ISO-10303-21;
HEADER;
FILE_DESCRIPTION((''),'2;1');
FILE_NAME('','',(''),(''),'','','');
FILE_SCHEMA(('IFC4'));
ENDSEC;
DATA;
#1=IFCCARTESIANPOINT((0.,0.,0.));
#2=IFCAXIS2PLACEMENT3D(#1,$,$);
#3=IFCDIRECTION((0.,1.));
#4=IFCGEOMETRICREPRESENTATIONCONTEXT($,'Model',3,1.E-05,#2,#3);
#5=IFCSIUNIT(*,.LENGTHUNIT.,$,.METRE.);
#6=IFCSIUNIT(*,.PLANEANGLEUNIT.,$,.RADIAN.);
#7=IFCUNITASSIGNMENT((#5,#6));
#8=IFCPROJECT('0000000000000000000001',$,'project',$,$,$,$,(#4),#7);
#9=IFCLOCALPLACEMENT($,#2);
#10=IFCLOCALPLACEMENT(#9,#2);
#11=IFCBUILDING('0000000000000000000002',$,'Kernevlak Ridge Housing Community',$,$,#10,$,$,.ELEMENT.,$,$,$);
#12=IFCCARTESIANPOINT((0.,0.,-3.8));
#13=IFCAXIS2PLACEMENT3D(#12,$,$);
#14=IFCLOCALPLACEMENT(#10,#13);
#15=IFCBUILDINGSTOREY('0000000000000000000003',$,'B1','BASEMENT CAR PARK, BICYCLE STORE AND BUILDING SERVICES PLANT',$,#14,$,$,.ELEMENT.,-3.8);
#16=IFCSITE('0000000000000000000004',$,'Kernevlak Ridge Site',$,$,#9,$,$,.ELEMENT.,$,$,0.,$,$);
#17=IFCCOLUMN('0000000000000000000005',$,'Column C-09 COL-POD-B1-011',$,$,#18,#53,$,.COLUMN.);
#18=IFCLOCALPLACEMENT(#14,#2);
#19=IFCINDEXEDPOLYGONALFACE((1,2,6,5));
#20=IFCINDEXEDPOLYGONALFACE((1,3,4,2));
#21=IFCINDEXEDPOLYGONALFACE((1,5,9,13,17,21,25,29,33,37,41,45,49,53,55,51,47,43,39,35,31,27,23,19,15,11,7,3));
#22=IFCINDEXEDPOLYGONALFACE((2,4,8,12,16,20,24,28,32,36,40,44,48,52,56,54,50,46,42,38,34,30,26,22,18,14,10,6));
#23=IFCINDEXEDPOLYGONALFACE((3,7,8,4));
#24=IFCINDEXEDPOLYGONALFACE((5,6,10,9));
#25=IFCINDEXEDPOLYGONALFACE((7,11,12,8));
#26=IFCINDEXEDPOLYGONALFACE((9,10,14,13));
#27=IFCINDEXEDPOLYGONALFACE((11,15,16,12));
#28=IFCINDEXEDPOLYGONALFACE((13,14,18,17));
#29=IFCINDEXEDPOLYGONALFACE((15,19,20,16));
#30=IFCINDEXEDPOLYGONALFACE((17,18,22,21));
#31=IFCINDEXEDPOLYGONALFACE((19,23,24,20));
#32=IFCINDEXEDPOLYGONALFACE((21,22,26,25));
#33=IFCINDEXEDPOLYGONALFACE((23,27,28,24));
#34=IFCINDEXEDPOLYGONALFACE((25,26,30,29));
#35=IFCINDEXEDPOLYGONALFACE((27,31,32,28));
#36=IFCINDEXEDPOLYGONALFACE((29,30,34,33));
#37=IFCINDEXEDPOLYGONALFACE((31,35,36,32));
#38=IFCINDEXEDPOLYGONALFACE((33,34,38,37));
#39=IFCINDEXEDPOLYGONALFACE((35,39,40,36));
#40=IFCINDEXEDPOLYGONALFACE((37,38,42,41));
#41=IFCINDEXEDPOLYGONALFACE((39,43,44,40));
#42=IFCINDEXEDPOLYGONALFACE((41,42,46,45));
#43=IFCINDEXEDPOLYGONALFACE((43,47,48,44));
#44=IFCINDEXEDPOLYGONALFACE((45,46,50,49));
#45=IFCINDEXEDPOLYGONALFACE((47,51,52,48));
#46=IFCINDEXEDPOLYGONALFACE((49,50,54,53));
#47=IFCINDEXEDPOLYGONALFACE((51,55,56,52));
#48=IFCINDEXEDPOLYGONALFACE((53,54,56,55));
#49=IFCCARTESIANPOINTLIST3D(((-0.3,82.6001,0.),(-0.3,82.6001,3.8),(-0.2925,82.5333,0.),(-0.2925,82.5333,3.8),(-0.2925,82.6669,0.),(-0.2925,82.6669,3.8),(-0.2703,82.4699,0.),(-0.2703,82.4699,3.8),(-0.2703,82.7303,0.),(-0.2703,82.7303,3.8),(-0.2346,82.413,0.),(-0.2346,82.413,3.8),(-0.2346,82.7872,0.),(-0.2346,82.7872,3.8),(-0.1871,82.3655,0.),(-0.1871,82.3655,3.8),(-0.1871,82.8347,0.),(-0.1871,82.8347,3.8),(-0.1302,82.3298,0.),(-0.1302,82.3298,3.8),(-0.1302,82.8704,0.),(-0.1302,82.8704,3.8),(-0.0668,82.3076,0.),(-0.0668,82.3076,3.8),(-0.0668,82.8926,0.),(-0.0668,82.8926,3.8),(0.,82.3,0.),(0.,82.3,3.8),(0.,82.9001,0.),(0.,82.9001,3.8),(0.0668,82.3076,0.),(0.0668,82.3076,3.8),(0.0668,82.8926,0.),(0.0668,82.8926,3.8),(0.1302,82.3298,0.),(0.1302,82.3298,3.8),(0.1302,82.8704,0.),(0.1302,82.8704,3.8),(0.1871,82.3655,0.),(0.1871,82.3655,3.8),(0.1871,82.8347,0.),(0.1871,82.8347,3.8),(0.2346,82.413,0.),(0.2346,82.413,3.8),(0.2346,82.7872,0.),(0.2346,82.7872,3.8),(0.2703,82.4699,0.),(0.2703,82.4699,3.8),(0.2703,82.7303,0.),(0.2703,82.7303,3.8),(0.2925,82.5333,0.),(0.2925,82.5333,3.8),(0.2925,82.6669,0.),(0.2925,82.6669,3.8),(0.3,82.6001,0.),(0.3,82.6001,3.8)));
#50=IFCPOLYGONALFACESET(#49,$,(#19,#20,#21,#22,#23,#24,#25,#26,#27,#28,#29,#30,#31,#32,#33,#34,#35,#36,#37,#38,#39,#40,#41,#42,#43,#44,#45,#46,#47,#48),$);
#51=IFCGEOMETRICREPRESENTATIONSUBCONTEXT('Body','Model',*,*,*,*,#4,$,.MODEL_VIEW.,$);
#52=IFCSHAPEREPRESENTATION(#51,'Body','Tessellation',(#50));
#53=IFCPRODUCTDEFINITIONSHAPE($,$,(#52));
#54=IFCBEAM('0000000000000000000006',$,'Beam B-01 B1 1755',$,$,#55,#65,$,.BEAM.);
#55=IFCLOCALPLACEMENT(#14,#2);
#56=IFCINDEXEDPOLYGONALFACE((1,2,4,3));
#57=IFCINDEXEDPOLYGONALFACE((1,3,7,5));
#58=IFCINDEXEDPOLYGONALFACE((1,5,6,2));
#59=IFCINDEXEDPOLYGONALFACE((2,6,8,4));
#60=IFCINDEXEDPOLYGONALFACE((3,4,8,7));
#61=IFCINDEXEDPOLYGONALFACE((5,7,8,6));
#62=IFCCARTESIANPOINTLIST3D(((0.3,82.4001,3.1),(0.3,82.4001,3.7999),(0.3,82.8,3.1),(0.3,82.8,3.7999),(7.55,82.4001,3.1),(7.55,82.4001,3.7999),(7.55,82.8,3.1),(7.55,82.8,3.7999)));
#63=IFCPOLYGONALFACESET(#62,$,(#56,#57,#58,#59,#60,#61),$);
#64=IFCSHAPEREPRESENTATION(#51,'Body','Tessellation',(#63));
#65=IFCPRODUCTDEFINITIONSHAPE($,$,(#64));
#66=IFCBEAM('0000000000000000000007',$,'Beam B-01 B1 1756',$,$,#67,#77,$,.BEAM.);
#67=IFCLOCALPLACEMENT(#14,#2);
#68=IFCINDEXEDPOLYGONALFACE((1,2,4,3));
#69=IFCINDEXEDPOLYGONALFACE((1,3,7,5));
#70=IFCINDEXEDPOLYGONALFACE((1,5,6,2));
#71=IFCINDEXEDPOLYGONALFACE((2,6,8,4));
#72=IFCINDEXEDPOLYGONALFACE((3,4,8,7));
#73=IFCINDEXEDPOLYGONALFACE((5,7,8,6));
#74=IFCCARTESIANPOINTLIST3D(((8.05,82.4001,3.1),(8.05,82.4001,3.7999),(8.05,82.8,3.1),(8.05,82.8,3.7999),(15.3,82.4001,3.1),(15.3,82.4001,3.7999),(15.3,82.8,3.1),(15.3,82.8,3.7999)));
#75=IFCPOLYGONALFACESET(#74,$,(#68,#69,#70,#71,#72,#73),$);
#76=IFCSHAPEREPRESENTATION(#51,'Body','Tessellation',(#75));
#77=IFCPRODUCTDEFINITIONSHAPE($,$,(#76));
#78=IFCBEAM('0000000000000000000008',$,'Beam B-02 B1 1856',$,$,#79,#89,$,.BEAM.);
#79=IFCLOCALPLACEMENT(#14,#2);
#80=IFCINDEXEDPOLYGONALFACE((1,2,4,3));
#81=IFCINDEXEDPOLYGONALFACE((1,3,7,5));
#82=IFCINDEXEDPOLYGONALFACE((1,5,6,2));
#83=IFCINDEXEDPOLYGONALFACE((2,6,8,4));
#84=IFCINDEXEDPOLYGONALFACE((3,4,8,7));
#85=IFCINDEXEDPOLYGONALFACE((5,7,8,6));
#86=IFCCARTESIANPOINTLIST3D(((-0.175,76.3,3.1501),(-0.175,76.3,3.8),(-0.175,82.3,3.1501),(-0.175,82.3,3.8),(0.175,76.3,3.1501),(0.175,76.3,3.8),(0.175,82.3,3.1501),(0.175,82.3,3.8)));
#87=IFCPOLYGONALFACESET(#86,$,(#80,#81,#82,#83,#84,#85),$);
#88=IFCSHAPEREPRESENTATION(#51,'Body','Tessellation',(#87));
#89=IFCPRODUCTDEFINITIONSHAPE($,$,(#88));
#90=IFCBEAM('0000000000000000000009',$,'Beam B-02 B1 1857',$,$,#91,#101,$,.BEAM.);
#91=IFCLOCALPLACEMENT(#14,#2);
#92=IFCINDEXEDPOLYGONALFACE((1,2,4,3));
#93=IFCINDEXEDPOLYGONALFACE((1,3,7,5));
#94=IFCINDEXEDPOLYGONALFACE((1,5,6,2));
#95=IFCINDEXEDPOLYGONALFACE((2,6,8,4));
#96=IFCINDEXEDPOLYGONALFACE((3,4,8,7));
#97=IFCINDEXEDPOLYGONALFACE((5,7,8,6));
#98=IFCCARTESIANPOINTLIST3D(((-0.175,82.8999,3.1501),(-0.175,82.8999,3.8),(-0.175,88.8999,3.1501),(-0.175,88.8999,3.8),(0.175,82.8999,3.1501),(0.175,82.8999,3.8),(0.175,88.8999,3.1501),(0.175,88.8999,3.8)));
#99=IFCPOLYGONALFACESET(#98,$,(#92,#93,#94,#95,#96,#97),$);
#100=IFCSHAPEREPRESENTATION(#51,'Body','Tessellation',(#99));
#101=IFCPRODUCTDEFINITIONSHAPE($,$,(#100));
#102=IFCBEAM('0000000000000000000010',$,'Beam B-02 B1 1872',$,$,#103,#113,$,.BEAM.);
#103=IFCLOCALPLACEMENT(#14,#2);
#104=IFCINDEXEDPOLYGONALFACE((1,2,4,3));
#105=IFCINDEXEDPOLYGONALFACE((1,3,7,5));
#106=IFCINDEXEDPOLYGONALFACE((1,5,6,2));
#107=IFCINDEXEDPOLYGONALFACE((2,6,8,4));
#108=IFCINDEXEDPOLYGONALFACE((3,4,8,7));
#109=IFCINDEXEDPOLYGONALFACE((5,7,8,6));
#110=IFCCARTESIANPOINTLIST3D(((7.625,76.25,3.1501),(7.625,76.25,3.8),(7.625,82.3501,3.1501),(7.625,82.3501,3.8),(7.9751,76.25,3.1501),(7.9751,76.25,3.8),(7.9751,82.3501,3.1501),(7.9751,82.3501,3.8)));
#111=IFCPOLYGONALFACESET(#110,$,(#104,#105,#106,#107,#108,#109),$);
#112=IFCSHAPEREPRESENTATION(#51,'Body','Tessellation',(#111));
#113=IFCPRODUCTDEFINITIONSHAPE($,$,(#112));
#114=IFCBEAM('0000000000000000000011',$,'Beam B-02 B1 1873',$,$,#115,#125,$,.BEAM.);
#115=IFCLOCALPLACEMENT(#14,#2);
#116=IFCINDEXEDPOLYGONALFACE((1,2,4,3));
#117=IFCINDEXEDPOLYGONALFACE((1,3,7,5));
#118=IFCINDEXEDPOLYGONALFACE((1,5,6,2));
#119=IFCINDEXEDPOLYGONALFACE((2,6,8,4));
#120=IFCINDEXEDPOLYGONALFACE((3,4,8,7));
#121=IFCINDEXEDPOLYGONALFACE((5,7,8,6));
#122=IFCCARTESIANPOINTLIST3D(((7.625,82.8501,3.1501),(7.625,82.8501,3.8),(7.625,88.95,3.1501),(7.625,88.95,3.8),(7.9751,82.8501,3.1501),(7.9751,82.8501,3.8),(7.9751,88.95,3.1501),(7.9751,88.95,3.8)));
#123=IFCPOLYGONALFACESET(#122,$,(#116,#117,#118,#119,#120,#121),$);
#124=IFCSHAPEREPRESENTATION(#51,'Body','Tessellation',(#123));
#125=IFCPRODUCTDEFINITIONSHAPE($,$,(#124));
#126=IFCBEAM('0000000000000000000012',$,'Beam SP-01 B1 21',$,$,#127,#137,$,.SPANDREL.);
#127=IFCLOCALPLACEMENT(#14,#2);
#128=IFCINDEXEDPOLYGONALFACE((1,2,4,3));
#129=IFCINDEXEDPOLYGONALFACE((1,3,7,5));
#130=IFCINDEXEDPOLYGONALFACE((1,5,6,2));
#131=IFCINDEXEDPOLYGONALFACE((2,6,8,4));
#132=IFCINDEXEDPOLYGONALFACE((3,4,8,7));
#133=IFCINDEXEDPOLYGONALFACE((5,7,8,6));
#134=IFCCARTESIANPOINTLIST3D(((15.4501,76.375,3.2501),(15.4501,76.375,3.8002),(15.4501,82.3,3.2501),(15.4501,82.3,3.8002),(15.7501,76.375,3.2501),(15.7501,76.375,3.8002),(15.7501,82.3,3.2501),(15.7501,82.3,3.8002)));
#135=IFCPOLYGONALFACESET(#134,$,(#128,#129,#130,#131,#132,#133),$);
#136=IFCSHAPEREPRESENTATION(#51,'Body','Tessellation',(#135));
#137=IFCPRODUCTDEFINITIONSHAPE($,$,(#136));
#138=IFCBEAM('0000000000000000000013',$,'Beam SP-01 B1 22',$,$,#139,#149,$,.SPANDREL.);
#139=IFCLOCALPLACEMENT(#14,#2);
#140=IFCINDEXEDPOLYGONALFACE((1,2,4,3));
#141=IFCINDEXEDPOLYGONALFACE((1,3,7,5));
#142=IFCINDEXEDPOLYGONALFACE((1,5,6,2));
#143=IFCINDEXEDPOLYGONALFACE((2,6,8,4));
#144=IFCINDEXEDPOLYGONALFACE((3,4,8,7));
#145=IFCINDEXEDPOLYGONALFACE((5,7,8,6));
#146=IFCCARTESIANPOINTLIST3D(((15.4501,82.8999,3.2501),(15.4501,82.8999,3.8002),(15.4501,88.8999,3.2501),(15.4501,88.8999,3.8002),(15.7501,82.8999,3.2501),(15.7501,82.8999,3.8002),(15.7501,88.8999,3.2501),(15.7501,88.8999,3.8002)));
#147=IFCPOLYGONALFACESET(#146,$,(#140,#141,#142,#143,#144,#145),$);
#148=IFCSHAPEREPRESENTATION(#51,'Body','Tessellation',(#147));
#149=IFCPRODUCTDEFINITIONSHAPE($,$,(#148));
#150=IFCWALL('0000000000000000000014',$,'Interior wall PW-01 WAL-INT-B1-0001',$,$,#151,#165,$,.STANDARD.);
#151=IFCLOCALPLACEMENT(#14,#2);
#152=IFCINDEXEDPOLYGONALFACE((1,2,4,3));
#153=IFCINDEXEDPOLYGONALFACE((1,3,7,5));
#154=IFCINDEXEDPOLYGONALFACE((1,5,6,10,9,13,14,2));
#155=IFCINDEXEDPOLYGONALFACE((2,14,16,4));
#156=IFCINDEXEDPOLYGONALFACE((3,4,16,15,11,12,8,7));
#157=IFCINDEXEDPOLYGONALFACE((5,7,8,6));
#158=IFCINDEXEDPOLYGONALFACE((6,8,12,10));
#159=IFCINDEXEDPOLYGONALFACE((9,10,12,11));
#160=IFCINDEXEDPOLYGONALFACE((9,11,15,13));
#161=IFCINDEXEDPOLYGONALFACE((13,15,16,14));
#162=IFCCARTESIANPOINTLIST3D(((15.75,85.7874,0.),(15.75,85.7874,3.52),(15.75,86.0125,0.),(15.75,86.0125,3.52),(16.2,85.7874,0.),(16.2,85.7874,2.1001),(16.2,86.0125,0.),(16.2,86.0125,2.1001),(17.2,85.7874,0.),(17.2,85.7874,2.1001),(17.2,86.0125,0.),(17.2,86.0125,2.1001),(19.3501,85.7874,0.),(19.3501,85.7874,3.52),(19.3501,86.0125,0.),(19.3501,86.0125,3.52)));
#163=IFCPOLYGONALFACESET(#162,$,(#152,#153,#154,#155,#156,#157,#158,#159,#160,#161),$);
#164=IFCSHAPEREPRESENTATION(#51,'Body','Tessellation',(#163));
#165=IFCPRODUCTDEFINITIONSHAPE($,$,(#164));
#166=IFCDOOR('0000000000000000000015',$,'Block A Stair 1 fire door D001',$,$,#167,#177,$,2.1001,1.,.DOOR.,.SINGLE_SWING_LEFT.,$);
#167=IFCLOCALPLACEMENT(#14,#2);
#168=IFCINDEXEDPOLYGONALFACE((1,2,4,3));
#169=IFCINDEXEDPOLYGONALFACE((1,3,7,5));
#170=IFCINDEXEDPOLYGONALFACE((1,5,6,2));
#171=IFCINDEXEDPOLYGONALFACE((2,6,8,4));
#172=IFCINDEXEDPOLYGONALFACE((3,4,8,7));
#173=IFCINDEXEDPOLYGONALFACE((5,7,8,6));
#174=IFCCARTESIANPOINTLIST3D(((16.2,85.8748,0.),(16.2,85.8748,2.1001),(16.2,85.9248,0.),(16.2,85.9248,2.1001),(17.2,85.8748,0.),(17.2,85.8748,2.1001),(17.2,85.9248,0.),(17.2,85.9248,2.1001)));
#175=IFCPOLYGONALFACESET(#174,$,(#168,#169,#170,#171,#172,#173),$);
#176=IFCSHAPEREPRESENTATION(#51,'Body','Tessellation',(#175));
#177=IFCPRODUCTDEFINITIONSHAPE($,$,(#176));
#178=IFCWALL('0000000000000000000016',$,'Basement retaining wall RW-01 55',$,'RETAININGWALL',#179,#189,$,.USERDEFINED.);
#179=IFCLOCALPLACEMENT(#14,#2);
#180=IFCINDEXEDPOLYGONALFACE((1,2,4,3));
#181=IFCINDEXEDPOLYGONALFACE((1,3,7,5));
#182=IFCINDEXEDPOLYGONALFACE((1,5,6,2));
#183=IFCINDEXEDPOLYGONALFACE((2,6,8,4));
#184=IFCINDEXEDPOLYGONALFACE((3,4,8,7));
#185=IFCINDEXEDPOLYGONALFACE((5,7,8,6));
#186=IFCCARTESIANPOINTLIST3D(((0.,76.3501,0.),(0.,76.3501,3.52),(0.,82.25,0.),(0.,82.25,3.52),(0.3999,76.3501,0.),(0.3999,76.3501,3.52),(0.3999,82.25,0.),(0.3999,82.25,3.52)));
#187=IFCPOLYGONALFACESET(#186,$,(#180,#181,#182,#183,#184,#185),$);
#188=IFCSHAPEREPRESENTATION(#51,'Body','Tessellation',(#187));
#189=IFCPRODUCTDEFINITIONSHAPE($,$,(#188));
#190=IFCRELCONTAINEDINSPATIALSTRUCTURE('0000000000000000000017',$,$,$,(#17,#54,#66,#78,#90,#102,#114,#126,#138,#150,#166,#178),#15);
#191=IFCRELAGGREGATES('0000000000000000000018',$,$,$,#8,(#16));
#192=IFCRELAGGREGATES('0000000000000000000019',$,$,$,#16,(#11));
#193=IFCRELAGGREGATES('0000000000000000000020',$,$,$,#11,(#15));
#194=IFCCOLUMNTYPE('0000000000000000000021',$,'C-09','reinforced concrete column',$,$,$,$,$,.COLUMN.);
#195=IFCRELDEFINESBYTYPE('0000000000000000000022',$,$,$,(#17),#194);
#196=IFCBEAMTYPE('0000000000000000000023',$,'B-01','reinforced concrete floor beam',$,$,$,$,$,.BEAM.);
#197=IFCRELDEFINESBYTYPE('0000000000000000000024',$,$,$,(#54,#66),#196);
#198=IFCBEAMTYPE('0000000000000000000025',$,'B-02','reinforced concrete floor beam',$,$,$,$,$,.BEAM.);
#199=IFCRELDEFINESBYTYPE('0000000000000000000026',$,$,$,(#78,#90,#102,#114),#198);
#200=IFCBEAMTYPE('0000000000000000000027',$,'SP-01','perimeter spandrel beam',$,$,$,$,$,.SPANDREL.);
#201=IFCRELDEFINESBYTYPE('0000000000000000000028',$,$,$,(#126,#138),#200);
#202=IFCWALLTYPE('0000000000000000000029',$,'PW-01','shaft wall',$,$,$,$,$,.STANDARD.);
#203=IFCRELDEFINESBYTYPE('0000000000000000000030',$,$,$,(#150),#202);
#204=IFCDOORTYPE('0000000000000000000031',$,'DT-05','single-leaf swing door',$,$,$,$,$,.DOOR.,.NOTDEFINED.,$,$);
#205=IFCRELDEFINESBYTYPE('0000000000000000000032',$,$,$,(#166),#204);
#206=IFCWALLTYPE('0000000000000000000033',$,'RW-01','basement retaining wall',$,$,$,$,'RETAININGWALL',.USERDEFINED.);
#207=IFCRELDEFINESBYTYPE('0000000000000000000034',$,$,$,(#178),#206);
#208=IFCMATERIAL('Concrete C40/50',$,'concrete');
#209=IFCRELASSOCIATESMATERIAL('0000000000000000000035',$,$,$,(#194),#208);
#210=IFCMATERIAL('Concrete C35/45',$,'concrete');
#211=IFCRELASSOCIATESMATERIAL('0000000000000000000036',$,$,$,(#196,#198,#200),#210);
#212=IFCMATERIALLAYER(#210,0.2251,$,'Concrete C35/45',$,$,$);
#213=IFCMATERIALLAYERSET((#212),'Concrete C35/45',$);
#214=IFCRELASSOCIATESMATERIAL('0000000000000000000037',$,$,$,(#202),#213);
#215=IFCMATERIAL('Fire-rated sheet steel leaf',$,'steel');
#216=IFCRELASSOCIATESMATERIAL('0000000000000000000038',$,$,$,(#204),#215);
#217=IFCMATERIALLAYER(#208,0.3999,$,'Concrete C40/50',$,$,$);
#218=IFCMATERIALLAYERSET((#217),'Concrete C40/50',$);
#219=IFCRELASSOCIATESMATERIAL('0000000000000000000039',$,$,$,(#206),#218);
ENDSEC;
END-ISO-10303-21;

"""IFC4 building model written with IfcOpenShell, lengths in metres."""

from ifc_helpers import new_model, si_unit, direction, frame, frame_2d, origin, origin_2d, place, context, subcontext, project, spatial, rectangle, circle, extrude, material, layer, layer_set, material_profile, profile_set, type_object, element, fill, save


model = new_model("IFC4")

# Units and contexts
model_context = context("Model", 3, precision=1e-05, world=origin(), true_north=direction((0.0, 1.0)))
body_context = subcontext(model_context, "Body", "Model", "MODEL_VIEW")
ifc_project = project(units=[si_unit("LENGTHUNIT", "METRE"), si_unit("PLANEANGLEUNIT", "RADIAN")], contexts=[model_context])

# Site, building, storey
site_placement = place(None, origin())
site = spatial("IfcSite", under=ifc_project, at=site_placement, Name="Kernevlak Ridge Site", CompositionType="ELEMENT", RefElevation=0.0)
building_placement = place(site_placement, origin())
building = spatial("IfcBuilding", under=site, at=building_placement, Name="Kernevlak Ridge Housing Community", CompositionType="ELEMENT")
storey_placement = place(building_placement, frame((0.0, 0.0, -3.8)))
storey = spatial("IfcBuildingStorey", under=building, at=storey_placement, Name="B1", Description="BASEMENT CAR PARK, BICYCLE STORE AND BUILDING SERVICES PLANT", CompositionType="ELEMENT", Elevation=-3.8)

# Shared definitions
ifc_material_1 = material(Name="Concrete C35/45", Category="concrete")

# Column
ifc_material_2 = material(Name="Concrete C40/50", Category="concrete")
ifc_material_profile_1 = material_profile(ifc_material_2, circle(Radius=0.3, at=origin_2d()), Name="RC D600")
ifc_profile_set_1 = profile_set([ifc_material_profile_1], Name="Concrete C40/50")
column_type_1 = type_object("IfcColumnType", Name="C-09", Description="reinforced concrete column", PredefinedType="COLUMN", material=ifc_profile_set_1)
column_1_placement = place(storey_placement, frame((0.0, 82.6001, 0.0), z_axis=(0.0, 0.0, 1.0), x_axis=(1.0, 0.0, 0.0)))
element("IfcColumn", 1, at=column_1_placement, inside=storey, type_object=column_type_1, Name="Column C-09 COL-POD-B1-011", PredefinedType="COLUMN", context=body_context, shape_type="SweptSolid", body=[
    extrude(circle(Radius=0.3, at=origin_2d()), origin(), (0.0, 0.0, 1.0), 3.8),
])

# Beams
ifc_material_profile_2 = material_profile(ifc_material_1, rectangle(XDim=0.3999, YDim=0.7, at=origin_2d()), Name="RC 400x700")
ifc_profile_set_2 = profile_set([ifc_material_profile_2], Name="Concrete C35/45")
beam_type_1 = type_object("IfcBeamType", Name="B-01", Description="reinforced concrete floor beam", PredefinedType="BEAM", material=ifc_profile_set_2)
for number, where, z_axis, x_axis, name in (
    (2, (0.3, 82.6001, 3.45), (1.0, 0.0, 0.0), (0.0, 1.0, 0.0), "Beam B-01 B1 1755"),
    (3, (8.05, 82.6001, 3.45), (1.0, 0.0, 0.0), (0.0, 1.0, 0.0), "Beam B-01 B1 1756"),
):
    element("IfcBeam", number, at=place(storey_placement, frame(where, z_axis=z_axis, x_axis=x_axis)), inside=storey, type_object=beam_type_1, Name=name, PredefinedType="BEAM", context=body_context, shape_type="SweptSolid", body=[
        extrude(rectangle(XDim=0.3999, YDim=0.7, at=origin_2d()), origin(), (0.0, 0.0, 1.0), 7.25),
    ])
ifc_material_profile_3 = material_profile(ifc_material_1, rectangle(XDim=0.3501, YDim=0.6499, at=origin_2d()), Name="RC 350x650")
ifc_profile_set_3 = profile_set([ifc_material_profile_3], Name="Concrete C35/45")
beam_type_2 = type_object("IfcBeamType", Name="B-02", Description="reinforced concrete floor beam", PredefinedType="BEAM", material=ifc_profile_set_3)
for number, where, z_axis, x_axis, name in (
    (4, (0.0, 76.3, 3.4751), (0.0, 1.0, 0.0), (-1.0, 0.0, 0.0), "Beam B-02 B1 1856"),
    (5, (0.0, 82.8999, 3.4751), (0.0, 1.0, 0.0), (-1.0, 0.0, 0.0), "Beam B-02 B1 1857"),
):
    element("IfcBeam", number, at=place(storey_placement, frame(where, z_axis=z_axis, x_axis=x_axis)), inside=storey, type_object=beam_type_2, Name=name, PredefinedType="BEAM", context=body_context, shape_type="SweptSolid", body=[
        extrude(rectangle(XDim=0.3501, YDim=0.6499, at=origin_2d()), origin(), (0.0, 0.0, 1.0), 6.0),
    ])
beam_1_placement = place(storey_placement, frame((7.8, 76.25, 3.4751), z_axis=(0.0, 1.0, 0.0), x_axis=(-1.0, 0.0, 0.0)))
element("IfcBeam", 6, at=beam_1_placement, inside=storey, type_object=beam_type_2, Name="Beam B-02 B1 1872", PredefinedType="BEAM", context=body_context, shape_type="SweptSolid", body=[
    extrude(rectangle(XDim=0.3501, YDim=0.6499, at=origin_2d()), origin(), (0.0, 0.0, 1.0), 6.1001),
])
beam_2_placement = place(storey_placement, frame((7.8, 82.8501, 3.4751), z_axis=(0.0, 1.0, 0.0), x_axis=(-1.0, 0.0, 0.0)))
element("IfcBeam", 7, at=beam_2_placement, inside=storey, type_object=beam_type_2, Name="Beam B-02 B1 1873", PredefinedType="BEAM", context=body_context, shape_type="SweptSolid", body=[
    extrude(rectangle(XDim=0.3501, YDim=0.6499, at=origin_2d()), origin(), (0.0, 0.0, 1.0), 6.0999),
])
ifc_material_profile_4 = material_profile(ifc_material_1, rectangle(XDim=0.3, YDim=0.55, at=origin_2d()), Name="RC 300x550")
ifc_profile_set_4 = profile_set([ifc_material_profile_4], Name="Concrete C35/45")
beam_type_3 = type_object("IfcBeamType", Name="SP-01", Description="perimeter spandrel beam", PredefinedType="SPANDREL", material=ifc_profile_set_4)
beam_3_placement = place(storey_placement, frame((15.6001, 76.375, 3.5251), z_axis=(0.0, 1.0, 0.0), x_axis=(-1.0, 0.0, 0.0)))
element("IfcBeam", 8, at=beam_3_placement, inside=storey, type_object=beam_type_3, Name="Beam SP-01 B1 21", PredefinedType="SPANDREL", context=body_context, shape_type="SweptSolid", body=[
    extrude(rectangle(XDim=0.3, YDim=0.55, at=origin_2d()), origin(), (0.0, 0.0, 1.0), 5.925),
])
beam_4_placement = place(storey_placement, frame((15.6001, 82.8999, 3.5251), z_axis=(0.0, 1.0, 0.0), x_axis=(-1.0, 0.0, 0.0)))
element("IfcBeam", 9, at=beam_4_placement, inside=storey, type_object=beam_type_3, Name="Beam SP-01 B1 22", PredefinedType="SPANDREL", context=body_context, shape_type="SweptSolid", body=[
    extrude(rectangle(XDim=0.3, YDim=0.55, at=origin_2d()), origin(), (0.0, 0.0, 1.0), 6.0),
])

# Wall, opening, door
ifc_layer_1 = layer(ifc_material_1, 0.2251, Name="Concrete C35/45")
ifc_layer_set_1 = layer_set([ifc_layer_1], Name="Concrete C35/45")
wall_type_1 = type_object("IfcWallType", Name="PW-01", Description="shaft wall", PredefinedType="STANDARD", material=ifc_layer_set_1)
wall_1_placement = place(storey_placement, frame((15.75, 85.8999, 0.0), z_axis=(0.0, 0.0, 1.0), x_axis=(1.0, 0.0, 0.0)))
wall_1 = element("IfcWall", 10, at=wall_1_placement, inside=storey, type_object=wall_type_1, Name="Interior wall PW-01 WAL-INT-B1-0001", PredefinedType="STANDARD", context=body_context, shape_type="SweptSolid", body=[
    extrude(rectangle(XDim=3.6001, YDim=0.2251, at=frame_2d((1.8, 0.0))), origin(), (0.0, 0.0, 1.0), 3.52),
])
opening_placement = place(wall_1_placement, frame((0.45, 0.0, 0.0)))
opening = element("IfcOpeningElement", 11, at=opening_placement, cuts=wall_1, PredefinedType="OPENING", context=body_context, shape_type="SweptSolid", body=[
    extrude(rectangle(XDim=1.0, YDim=2.1001, at=frame_2d((0.5, 1.05))), frame((0.0, 0.1226, 0.0), z_axis=(0.0, -1.0, 0.0), x_axis=(1.0, 0.0, 0.0)), (0.0, 0.0, 1.0), 0.2451),
])
ifc_material_3 = material(Name="Fire-rated sheet steel leaf", Category="steel")
door_type = type_object("IfcDoorType", Name="DT-05", Description="single-leaf swing door", OperationType="NOTDEFINED", PredefinedType="DOOR", material=ifc_material_3)
door_placement = place(opening_placement, origin())
door = element("IfcDoor", 12, at=door_placement, inside=storey, type_object=door_type, Name="Block A Stair 1 fire door D001", OperationType="SINGLE_SWING_LEFT", OverallHeight=2.1001, OverallWidth=1.0, PredefinedType="DOOR", context=body_context, shape_type="SweptSolid", body=[
    extrude(rectangle(XDim=1.0, YDim=2.1001, at=frame_2d((0.5, 1.05))), frame((0.0, 0.0249, 0.0), z_axis=(0.0, -1.0, 0.0), x_axis=(1.0, 0.0, 0.0)), (0.0, 0.0, 1.0), 0.05),
])
fill(opening, door)

# Wall
ifc_layer_2 = layer(ifc_material_2, 0.3999, Name="Concrete C40/50")
ifc_layer_set_2 = layer_set([ifc_layer_2], Name="Concrete C40/50")
wall_type_2 = type_object("IfcWallType", Name="RW-01", Description="basement retaining wall", ElementType="RETAININGWALL", PredefinedType="USERDEFINED", material=ifc_layer_set_2)
wall_2_placement = place(storey_placement, frame((0.2, 76.3501, 0.0), z_axis=(0.0, 0.0, 1.0), x_axis=(0.0, 1.0, 0.0)))
element("IfcWall", 13, at=wall_2_placement, inside=storey, type_object=wall_type_2, Name="Basement retaining wall RW-01 55", ObjectType="RETAININGWALL", PredefinedType="USERDEFINED", context=body_context, shape_type="SweptSolid", body=[
    extrude(rectangle(XDim=5.8999, YDim=0.3999, at=frame_2d((2.95, 0.0))), origin(), (0.0, 0.0, 1.0), 3.52),
])

save(model, "model.ifc")
